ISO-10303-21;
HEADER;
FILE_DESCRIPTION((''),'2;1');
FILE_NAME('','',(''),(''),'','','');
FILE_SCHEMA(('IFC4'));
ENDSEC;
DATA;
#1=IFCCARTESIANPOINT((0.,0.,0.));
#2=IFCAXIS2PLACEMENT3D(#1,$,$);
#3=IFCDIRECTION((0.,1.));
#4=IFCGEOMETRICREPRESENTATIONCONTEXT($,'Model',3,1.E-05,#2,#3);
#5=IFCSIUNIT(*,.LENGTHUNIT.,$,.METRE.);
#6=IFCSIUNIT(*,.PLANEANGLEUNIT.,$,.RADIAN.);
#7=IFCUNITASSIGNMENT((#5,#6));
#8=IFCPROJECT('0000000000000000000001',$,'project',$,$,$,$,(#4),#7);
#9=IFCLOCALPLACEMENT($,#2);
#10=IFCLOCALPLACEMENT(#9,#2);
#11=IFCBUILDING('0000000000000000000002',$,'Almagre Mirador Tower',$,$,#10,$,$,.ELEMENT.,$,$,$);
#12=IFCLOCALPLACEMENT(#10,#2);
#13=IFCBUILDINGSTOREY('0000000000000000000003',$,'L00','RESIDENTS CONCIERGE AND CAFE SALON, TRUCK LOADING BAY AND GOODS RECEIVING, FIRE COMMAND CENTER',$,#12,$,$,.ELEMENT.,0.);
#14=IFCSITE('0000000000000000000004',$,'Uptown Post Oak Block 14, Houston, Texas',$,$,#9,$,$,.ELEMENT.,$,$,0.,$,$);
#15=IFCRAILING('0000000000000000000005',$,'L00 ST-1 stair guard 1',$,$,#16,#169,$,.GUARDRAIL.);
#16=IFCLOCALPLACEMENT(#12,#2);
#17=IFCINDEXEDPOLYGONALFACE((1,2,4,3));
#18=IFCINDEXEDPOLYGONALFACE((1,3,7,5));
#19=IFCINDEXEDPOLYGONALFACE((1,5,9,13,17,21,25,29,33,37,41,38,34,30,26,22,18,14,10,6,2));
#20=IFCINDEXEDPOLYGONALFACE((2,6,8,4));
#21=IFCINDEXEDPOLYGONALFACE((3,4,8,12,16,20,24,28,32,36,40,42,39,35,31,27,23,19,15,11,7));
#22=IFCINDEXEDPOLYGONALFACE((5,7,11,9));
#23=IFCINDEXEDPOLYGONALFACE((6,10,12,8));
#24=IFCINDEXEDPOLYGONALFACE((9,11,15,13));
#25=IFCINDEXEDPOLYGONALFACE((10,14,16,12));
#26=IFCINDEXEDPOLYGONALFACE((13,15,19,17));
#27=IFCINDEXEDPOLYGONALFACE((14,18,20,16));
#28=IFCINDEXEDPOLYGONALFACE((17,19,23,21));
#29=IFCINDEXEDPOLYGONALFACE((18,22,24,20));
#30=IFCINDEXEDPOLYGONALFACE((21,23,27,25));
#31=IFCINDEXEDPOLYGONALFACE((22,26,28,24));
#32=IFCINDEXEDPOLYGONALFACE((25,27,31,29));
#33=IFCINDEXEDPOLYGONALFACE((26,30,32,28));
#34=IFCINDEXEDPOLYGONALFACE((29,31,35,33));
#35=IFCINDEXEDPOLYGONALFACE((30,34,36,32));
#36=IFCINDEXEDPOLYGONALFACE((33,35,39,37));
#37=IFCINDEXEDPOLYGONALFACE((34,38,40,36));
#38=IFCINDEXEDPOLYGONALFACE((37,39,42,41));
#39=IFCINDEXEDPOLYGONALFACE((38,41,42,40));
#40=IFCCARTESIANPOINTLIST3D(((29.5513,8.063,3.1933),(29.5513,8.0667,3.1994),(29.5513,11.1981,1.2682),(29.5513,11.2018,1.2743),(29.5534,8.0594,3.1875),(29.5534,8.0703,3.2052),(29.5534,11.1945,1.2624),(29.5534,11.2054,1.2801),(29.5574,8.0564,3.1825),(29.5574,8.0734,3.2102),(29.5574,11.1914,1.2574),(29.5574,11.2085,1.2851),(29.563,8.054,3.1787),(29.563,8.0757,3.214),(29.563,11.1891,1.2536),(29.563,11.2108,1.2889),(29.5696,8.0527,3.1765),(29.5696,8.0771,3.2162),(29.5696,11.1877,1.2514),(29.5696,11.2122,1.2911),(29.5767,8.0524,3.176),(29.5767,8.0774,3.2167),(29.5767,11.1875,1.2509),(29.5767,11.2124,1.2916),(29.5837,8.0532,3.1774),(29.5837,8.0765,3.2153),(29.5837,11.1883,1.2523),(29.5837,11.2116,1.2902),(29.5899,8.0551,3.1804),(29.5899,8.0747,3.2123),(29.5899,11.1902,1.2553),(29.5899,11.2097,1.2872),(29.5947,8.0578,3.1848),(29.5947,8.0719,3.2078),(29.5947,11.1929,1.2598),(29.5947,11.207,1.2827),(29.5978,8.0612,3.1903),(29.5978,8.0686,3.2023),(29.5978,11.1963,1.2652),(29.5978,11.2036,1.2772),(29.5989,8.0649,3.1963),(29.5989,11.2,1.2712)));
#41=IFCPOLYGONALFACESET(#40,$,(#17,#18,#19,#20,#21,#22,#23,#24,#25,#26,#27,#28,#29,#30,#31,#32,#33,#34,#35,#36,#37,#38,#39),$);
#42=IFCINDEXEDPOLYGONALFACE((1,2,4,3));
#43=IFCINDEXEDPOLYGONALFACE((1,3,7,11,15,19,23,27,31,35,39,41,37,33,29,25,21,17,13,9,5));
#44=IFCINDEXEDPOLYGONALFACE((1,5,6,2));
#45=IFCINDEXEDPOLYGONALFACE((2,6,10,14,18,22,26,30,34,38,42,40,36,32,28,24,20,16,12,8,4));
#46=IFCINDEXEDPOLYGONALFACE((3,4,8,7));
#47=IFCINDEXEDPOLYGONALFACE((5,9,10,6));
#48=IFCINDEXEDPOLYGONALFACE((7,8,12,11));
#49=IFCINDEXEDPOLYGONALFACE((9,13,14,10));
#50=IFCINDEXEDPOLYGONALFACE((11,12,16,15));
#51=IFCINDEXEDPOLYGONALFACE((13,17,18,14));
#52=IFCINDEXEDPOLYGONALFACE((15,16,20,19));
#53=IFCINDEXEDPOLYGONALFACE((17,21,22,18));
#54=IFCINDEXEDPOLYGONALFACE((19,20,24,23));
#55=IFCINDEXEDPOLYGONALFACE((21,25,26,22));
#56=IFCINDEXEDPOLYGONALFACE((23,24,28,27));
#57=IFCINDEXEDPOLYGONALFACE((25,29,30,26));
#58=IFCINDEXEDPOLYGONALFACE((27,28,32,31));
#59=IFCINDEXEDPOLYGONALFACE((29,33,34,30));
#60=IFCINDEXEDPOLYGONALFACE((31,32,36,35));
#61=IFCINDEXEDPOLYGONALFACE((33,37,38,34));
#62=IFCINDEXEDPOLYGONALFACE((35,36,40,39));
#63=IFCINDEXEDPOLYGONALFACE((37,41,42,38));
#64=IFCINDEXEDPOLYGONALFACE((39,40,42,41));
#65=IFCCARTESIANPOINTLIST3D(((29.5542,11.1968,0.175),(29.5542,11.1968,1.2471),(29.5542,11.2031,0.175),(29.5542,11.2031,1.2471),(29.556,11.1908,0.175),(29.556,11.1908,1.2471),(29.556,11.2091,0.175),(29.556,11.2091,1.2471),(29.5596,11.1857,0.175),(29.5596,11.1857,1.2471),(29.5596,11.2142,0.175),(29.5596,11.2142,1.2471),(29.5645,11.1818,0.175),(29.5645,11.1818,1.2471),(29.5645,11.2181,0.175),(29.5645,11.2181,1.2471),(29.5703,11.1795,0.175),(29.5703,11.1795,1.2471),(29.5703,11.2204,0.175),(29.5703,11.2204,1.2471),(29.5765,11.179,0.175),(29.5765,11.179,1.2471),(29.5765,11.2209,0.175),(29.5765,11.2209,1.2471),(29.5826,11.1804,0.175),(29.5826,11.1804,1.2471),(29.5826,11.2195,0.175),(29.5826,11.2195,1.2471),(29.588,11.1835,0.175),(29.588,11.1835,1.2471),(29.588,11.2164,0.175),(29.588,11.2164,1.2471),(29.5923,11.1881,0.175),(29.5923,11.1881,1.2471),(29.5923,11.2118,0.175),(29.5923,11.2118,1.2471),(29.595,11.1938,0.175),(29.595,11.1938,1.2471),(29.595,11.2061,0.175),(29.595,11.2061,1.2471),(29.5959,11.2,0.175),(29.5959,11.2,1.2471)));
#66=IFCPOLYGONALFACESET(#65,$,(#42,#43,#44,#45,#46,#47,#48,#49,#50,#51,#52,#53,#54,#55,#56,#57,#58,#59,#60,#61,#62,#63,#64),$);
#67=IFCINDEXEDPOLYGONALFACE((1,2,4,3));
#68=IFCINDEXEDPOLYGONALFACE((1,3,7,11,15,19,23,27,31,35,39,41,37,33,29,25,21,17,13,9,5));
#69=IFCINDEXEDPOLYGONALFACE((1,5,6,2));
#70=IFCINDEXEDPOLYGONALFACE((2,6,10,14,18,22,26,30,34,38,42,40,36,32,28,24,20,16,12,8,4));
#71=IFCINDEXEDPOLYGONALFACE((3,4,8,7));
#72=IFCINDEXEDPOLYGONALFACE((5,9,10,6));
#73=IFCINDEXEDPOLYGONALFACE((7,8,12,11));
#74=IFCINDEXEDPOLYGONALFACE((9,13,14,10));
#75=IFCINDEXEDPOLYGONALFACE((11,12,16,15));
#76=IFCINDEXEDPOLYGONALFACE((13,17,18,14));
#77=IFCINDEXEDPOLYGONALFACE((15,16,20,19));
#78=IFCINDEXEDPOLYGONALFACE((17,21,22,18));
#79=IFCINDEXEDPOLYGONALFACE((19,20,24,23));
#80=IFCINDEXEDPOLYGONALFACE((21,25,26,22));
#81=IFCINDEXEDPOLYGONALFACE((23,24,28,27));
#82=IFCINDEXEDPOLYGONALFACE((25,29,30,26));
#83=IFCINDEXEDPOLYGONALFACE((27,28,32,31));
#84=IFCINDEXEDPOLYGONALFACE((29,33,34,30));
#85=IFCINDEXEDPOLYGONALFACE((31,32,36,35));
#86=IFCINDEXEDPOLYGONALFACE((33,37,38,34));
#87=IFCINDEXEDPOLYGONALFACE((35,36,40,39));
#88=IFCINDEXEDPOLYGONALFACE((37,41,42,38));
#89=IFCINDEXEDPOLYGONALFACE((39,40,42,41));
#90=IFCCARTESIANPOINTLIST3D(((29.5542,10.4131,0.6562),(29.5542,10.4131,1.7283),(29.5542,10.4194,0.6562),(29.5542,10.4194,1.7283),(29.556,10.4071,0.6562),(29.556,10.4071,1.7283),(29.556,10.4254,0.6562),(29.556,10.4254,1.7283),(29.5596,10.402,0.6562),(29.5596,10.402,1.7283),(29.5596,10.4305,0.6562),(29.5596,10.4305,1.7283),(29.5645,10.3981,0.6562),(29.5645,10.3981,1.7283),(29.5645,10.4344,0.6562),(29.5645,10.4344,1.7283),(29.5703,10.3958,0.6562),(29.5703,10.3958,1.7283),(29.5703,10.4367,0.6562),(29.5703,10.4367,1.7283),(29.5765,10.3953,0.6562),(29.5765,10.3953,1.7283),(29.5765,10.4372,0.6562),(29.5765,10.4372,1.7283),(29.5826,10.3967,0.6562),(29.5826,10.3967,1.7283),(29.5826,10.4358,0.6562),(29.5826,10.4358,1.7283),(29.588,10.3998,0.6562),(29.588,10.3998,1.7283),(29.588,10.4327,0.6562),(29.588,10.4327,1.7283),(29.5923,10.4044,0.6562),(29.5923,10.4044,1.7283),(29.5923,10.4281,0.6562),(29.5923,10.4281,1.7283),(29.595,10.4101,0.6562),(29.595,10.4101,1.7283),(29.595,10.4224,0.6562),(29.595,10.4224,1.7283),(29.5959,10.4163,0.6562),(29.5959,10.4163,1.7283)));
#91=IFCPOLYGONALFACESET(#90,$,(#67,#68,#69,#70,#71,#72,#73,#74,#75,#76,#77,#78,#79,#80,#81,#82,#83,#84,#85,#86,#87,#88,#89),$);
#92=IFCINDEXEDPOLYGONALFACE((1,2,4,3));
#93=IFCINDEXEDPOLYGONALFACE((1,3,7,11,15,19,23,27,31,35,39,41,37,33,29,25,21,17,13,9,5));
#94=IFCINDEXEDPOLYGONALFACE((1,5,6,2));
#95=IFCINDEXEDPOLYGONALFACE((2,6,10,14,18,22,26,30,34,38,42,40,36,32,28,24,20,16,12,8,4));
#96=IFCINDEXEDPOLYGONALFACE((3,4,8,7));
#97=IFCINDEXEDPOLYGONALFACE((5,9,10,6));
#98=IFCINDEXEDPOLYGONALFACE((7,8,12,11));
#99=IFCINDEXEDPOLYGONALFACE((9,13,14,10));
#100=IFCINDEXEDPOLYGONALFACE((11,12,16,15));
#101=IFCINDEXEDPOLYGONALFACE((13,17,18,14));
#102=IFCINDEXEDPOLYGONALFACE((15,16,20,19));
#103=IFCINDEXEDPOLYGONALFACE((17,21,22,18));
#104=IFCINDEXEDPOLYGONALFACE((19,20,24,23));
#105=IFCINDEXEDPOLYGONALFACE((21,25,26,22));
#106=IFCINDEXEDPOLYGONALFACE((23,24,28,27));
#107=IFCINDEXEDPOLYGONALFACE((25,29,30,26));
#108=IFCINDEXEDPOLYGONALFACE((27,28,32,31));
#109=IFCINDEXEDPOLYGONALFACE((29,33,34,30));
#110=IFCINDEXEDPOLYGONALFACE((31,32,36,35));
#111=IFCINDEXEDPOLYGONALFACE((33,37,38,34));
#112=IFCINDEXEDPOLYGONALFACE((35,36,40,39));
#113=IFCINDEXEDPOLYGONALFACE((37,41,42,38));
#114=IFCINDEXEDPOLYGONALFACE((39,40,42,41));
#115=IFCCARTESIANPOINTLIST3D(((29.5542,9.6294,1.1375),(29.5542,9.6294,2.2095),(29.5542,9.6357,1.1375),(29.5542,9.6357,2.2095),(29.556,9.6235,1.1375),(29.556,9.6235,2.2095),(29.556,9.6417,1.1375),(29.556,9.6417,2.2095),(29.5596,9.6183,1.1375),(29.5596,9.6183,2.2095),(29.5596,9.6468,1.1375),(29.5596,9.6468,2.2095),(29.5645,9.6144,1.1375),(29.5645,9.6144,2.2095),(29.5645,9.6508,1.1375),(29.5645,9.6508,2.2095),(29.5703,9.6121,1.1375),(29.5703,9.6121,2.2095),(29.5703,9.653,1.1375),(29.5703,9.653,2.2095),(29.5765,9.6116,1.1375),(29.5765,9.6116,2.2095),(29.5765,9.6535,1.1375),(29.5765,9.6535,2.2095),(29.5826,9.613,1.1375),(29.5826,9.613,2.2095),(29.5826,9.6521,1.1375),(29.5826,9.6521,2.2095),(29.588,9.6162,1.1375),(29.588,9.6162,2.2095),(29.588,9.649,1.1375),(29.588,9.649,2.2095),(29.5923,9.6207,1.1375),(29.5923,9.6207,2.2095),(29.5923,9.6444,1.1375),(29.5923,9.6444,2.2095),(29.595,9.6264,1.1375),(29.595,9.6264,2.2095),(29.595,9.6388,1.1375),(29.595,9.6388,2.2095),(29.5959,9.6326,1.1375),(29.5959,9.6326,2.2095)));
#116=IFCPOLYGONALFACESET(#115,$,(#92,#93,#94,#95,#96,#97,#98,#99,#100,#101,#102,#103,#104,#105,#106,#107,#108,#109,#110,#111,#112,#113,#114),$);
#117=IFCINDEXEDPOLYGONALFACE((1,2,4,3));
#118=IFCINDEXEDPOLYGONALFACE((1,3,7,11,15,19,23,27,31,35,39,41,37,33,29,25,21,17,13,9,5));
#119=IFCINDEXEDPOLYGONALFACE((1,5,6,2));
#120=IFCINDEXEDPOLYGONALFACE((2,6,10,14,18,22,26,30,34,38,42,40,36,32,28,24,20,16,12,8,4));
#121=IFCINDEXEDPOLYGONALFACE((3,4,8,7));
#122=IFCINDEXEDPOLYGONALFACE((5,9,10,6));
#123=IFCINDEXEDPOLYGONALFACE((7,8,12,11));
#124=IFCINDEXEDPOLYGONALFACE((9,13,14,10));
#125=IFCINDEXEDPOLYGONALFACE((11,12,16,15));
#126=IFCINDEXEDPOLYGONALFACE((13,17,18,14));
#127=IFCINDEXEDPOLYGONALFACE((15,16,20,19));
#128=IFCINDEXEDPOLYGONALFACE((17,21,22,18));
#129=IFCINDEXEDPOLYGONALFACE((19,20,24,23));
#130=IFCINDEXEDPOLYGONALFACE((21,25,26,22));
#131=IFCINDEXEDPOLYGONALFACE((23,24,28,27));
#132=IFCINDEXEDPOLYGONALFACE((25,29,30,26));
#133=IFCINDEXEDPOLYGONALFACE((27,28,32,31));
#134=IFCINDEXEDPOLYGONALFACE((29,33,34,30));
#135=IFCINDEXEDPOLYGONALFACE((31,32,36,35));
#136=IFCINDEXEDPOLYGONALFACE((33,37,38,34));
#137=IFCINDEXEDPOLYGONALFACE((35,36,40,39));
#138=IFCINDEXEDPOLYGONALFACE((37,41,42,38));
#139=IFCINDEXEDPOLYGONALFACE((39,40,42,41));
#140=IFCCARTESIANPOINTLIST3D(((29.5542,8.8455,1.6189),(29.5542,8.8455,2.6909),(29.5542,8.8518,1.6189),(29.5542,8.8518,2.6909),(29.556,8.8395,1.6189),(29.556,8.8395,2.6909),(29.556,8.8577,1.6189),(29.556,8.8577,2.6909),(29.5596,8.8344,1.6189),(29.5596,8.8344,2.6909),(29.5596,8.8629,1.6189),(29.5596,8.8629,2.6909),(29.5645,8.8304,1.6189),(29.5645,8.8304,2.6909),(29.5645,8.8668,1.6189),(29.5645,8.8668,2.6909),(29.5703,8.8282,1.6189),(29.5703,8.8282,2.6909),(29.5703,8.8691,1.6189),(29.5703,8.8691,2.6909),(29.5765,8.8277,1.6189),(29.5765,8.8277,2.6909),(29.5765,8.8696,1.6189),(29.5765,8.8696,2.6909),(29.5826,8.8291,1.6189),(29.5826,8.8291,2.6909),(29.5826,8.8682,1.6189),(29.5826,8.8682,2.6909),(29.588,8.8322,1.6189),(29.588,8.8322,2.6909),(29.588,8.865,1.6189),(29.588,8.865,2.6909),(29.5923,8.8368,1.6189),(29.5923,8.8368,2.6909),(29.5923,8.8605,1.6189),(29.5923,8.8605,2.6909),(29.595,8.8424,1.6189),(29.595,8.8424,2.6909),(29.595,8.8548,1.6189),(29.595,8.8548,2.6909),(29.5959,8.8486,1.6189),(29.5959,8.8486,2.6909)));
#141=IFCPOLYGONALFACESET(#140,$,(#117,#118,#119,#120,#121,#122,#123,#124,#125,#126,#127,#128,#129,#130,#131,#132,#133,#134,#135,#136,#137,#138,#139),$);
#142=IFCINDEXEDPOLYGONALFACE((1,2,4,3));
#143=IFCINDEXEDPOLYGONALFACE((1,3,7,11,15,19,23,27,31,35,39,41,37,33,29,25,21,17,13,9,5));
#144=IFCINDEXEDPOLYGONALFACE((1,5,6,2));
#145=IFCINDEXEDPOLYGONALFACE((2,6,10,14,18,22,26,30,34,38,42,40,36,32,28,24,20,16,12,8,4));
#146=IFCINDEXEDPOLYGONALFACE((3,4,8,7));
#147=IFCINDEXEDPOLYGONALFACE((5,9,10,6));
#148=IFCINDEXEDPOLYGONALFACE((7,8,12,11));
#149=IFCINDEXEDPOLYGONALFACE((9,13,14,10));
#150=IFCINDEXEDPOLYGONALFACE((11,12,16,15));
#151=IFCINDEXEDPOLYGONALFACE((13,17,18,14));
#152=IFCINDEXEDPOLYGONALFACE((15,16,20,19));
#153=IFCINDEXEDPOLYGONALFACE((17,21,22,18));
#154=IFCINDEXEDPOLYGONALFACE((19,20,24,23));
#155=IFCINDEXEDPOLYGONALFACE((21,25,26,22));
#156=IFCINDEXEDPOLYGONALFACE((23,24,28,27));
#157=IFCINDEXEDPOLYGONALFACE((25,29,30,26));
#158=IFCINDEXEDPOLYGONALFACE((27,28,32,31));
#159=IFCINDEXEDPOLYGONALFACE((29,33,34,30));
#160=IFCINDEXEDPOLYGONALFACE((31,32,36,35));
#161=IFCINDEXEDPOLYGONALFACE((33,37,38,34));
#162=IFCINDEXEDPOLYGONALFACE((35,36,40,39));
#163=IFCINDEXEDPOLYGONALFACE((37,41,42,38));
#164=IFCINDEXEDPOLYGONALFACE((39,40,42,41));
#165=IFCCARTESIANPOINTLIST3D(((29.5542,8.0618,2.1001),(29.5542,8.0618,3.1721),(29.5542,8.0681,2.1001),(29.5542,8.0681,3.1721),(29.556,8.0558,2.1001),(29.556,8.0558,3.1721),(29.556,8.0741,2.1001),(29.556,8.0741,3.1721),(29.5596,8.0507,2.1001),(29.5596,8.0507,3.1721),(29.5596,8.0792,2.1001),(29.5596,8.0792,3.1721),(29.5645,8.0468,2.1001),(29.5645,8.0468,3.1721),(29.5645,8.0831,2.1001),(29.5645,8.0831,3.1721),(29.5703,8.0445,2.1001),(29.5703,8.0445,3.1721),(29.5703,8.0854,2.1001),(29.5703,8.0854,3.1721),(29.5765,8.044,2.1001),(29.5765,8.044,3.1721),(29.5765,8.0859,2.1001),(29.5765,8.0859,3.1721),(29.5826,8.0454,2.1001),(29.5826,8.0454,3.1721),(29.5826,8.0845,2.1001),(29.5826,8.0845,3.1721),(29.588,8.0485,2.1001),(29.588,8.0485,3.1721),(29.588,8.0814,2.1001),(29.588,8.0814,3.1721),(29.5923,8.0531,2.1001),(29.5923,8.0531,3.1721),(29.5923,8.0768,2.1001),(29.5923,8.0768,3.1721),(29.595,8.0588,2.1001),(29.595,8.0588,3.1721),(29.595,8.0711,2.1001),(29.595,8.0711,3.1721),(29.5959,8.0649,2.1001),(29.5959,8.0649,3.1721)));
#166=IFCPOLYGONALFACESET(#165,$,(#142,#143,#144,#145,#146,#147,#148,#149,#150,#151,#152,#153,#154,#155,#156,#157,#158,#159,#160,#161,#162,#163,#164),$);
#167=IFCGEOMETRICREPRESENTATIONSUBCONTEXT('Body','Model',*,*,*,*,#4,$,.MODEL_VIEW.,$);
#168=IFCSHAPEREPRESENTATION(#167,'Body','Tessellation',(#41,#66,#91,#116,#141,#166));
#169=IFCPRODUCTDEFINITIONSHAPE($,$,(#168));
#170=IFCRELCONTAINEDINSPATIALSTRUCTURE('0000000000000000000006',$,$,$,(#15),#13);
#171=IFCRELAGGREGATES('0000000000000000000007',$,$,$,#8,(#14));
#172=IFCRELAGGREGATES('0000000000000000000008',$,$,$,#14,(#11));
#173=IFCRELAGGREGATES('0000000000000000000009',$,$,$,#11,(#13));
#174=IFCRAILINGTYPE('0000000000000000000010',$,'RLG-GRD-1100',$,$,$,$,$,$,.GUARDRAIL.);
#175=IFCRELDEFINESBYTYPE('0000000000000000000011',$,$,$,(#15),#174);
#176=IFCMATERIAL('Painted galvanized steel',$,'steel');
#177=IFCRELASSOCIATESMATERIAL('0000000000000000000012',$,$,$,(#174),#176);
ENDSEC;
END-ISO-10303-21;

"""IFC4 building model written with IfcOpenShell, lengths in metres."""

from ifc_helpers import new_model, si_unit, direction, frame, origin, origin_2d, place, context, subcontext, project, spatial, circle, extrude, material, type_object, element, save


model = new_model("IFC4")

# Units and contexts
model_context = context("Model", 3, precision=1e-05, world=origin(), true_north=direction((0.0, 1.0)))
body_context = subcontext(model_context, "Body", "Model", "MODEL_VIEW")
ifc_project = project(units=[si_unit("LENGTHUNIT", "METRE"), si_unit("PLANEANGLEUNIT", "RADIAN")], contexts=[model_context])

# Site, building, storey
site_placement = place(None, origin())
site = spatial("IfcSite", under=ifc_project, at=site_placement, Name="Uptown Post Oak Block 14, Houston, Texas", CompositionType="ELEMENT", RefElevation=0.0)
building_placement = place(site_placement, origin())
building = spatial("IfcBuilding", under=site, at=building_placement, Name="Almagre Mirador Tower", CompositionType="ELEMENT")
storey_placement = place(building_placement, origin())
storey = spatial("IfcBuildingStorey", under=building, at=storey_placement, Name="L00", Description="RESIDENTS CONCIERGE AND CAFE SALON, TRUCK LOADING BAY AND GOODS RECEIVING, FIRE COMMAND CENTER", CompositionType="ELEMENT", Elevation=0.0)

# Railing
ifc_material_1 = material(Name="Painted galvanized steel", Category="steel")
railing_type_1 = type_object("IfcRailingType", Name="RLG-GRD-1100", PredefinedType="GUARDRAIL", material=ifc_material_1)
railing_1_placement = place(storey_placement, frame((29.575, 11.2, 0.175)))
element("IfcRailing", 1, at=railing_1_placement, inside=storey, type_object=railing_type_1, Name="L00 ST-1 stair guard 1", PredefinedType="GUARDRAIL", context=body_context, shape_type="SweptSolid", body=[
    extrude(circle(Radius=0.0239, at=origin_2d()), frame((0.0, 0.0, 1.0962), z_axis=(0.0, -0.852166, 0.523271), x_axis=(1.0, 0.0, 0.0)), (0.0, 0.0, 1.0), 3.679),
    extrude(circle(Radius=0.021, at=origin_2d()), origin(), (0.0, 0.0, 1.0), 1.072),
    extrude(circle(Radius=0.021, at=origin_2d()), frame((0.0, -0.7837, 0.4812)), (0.0, 0.0, 1.0), 1.072),
    extrude(circle(Radius=0.021, at=origin_2d()), frame((0.0, -1.5674, 0.9624)), (0.0, 0.0, 1.0), 1.072),
    extrude(circle(Radius=0.021, at=origin_2d()), frame((0.0, -2.3513, 1.4438)), (0.0, 0.0, 1.0), 1.072),
    extrude(circle(Radius=0.021, at=origin_2d()), frame((0.0, -3.135, 1.925)), (0.0, 0.0, 1.0), 1.072),
])

save(model, "model.ifc")
